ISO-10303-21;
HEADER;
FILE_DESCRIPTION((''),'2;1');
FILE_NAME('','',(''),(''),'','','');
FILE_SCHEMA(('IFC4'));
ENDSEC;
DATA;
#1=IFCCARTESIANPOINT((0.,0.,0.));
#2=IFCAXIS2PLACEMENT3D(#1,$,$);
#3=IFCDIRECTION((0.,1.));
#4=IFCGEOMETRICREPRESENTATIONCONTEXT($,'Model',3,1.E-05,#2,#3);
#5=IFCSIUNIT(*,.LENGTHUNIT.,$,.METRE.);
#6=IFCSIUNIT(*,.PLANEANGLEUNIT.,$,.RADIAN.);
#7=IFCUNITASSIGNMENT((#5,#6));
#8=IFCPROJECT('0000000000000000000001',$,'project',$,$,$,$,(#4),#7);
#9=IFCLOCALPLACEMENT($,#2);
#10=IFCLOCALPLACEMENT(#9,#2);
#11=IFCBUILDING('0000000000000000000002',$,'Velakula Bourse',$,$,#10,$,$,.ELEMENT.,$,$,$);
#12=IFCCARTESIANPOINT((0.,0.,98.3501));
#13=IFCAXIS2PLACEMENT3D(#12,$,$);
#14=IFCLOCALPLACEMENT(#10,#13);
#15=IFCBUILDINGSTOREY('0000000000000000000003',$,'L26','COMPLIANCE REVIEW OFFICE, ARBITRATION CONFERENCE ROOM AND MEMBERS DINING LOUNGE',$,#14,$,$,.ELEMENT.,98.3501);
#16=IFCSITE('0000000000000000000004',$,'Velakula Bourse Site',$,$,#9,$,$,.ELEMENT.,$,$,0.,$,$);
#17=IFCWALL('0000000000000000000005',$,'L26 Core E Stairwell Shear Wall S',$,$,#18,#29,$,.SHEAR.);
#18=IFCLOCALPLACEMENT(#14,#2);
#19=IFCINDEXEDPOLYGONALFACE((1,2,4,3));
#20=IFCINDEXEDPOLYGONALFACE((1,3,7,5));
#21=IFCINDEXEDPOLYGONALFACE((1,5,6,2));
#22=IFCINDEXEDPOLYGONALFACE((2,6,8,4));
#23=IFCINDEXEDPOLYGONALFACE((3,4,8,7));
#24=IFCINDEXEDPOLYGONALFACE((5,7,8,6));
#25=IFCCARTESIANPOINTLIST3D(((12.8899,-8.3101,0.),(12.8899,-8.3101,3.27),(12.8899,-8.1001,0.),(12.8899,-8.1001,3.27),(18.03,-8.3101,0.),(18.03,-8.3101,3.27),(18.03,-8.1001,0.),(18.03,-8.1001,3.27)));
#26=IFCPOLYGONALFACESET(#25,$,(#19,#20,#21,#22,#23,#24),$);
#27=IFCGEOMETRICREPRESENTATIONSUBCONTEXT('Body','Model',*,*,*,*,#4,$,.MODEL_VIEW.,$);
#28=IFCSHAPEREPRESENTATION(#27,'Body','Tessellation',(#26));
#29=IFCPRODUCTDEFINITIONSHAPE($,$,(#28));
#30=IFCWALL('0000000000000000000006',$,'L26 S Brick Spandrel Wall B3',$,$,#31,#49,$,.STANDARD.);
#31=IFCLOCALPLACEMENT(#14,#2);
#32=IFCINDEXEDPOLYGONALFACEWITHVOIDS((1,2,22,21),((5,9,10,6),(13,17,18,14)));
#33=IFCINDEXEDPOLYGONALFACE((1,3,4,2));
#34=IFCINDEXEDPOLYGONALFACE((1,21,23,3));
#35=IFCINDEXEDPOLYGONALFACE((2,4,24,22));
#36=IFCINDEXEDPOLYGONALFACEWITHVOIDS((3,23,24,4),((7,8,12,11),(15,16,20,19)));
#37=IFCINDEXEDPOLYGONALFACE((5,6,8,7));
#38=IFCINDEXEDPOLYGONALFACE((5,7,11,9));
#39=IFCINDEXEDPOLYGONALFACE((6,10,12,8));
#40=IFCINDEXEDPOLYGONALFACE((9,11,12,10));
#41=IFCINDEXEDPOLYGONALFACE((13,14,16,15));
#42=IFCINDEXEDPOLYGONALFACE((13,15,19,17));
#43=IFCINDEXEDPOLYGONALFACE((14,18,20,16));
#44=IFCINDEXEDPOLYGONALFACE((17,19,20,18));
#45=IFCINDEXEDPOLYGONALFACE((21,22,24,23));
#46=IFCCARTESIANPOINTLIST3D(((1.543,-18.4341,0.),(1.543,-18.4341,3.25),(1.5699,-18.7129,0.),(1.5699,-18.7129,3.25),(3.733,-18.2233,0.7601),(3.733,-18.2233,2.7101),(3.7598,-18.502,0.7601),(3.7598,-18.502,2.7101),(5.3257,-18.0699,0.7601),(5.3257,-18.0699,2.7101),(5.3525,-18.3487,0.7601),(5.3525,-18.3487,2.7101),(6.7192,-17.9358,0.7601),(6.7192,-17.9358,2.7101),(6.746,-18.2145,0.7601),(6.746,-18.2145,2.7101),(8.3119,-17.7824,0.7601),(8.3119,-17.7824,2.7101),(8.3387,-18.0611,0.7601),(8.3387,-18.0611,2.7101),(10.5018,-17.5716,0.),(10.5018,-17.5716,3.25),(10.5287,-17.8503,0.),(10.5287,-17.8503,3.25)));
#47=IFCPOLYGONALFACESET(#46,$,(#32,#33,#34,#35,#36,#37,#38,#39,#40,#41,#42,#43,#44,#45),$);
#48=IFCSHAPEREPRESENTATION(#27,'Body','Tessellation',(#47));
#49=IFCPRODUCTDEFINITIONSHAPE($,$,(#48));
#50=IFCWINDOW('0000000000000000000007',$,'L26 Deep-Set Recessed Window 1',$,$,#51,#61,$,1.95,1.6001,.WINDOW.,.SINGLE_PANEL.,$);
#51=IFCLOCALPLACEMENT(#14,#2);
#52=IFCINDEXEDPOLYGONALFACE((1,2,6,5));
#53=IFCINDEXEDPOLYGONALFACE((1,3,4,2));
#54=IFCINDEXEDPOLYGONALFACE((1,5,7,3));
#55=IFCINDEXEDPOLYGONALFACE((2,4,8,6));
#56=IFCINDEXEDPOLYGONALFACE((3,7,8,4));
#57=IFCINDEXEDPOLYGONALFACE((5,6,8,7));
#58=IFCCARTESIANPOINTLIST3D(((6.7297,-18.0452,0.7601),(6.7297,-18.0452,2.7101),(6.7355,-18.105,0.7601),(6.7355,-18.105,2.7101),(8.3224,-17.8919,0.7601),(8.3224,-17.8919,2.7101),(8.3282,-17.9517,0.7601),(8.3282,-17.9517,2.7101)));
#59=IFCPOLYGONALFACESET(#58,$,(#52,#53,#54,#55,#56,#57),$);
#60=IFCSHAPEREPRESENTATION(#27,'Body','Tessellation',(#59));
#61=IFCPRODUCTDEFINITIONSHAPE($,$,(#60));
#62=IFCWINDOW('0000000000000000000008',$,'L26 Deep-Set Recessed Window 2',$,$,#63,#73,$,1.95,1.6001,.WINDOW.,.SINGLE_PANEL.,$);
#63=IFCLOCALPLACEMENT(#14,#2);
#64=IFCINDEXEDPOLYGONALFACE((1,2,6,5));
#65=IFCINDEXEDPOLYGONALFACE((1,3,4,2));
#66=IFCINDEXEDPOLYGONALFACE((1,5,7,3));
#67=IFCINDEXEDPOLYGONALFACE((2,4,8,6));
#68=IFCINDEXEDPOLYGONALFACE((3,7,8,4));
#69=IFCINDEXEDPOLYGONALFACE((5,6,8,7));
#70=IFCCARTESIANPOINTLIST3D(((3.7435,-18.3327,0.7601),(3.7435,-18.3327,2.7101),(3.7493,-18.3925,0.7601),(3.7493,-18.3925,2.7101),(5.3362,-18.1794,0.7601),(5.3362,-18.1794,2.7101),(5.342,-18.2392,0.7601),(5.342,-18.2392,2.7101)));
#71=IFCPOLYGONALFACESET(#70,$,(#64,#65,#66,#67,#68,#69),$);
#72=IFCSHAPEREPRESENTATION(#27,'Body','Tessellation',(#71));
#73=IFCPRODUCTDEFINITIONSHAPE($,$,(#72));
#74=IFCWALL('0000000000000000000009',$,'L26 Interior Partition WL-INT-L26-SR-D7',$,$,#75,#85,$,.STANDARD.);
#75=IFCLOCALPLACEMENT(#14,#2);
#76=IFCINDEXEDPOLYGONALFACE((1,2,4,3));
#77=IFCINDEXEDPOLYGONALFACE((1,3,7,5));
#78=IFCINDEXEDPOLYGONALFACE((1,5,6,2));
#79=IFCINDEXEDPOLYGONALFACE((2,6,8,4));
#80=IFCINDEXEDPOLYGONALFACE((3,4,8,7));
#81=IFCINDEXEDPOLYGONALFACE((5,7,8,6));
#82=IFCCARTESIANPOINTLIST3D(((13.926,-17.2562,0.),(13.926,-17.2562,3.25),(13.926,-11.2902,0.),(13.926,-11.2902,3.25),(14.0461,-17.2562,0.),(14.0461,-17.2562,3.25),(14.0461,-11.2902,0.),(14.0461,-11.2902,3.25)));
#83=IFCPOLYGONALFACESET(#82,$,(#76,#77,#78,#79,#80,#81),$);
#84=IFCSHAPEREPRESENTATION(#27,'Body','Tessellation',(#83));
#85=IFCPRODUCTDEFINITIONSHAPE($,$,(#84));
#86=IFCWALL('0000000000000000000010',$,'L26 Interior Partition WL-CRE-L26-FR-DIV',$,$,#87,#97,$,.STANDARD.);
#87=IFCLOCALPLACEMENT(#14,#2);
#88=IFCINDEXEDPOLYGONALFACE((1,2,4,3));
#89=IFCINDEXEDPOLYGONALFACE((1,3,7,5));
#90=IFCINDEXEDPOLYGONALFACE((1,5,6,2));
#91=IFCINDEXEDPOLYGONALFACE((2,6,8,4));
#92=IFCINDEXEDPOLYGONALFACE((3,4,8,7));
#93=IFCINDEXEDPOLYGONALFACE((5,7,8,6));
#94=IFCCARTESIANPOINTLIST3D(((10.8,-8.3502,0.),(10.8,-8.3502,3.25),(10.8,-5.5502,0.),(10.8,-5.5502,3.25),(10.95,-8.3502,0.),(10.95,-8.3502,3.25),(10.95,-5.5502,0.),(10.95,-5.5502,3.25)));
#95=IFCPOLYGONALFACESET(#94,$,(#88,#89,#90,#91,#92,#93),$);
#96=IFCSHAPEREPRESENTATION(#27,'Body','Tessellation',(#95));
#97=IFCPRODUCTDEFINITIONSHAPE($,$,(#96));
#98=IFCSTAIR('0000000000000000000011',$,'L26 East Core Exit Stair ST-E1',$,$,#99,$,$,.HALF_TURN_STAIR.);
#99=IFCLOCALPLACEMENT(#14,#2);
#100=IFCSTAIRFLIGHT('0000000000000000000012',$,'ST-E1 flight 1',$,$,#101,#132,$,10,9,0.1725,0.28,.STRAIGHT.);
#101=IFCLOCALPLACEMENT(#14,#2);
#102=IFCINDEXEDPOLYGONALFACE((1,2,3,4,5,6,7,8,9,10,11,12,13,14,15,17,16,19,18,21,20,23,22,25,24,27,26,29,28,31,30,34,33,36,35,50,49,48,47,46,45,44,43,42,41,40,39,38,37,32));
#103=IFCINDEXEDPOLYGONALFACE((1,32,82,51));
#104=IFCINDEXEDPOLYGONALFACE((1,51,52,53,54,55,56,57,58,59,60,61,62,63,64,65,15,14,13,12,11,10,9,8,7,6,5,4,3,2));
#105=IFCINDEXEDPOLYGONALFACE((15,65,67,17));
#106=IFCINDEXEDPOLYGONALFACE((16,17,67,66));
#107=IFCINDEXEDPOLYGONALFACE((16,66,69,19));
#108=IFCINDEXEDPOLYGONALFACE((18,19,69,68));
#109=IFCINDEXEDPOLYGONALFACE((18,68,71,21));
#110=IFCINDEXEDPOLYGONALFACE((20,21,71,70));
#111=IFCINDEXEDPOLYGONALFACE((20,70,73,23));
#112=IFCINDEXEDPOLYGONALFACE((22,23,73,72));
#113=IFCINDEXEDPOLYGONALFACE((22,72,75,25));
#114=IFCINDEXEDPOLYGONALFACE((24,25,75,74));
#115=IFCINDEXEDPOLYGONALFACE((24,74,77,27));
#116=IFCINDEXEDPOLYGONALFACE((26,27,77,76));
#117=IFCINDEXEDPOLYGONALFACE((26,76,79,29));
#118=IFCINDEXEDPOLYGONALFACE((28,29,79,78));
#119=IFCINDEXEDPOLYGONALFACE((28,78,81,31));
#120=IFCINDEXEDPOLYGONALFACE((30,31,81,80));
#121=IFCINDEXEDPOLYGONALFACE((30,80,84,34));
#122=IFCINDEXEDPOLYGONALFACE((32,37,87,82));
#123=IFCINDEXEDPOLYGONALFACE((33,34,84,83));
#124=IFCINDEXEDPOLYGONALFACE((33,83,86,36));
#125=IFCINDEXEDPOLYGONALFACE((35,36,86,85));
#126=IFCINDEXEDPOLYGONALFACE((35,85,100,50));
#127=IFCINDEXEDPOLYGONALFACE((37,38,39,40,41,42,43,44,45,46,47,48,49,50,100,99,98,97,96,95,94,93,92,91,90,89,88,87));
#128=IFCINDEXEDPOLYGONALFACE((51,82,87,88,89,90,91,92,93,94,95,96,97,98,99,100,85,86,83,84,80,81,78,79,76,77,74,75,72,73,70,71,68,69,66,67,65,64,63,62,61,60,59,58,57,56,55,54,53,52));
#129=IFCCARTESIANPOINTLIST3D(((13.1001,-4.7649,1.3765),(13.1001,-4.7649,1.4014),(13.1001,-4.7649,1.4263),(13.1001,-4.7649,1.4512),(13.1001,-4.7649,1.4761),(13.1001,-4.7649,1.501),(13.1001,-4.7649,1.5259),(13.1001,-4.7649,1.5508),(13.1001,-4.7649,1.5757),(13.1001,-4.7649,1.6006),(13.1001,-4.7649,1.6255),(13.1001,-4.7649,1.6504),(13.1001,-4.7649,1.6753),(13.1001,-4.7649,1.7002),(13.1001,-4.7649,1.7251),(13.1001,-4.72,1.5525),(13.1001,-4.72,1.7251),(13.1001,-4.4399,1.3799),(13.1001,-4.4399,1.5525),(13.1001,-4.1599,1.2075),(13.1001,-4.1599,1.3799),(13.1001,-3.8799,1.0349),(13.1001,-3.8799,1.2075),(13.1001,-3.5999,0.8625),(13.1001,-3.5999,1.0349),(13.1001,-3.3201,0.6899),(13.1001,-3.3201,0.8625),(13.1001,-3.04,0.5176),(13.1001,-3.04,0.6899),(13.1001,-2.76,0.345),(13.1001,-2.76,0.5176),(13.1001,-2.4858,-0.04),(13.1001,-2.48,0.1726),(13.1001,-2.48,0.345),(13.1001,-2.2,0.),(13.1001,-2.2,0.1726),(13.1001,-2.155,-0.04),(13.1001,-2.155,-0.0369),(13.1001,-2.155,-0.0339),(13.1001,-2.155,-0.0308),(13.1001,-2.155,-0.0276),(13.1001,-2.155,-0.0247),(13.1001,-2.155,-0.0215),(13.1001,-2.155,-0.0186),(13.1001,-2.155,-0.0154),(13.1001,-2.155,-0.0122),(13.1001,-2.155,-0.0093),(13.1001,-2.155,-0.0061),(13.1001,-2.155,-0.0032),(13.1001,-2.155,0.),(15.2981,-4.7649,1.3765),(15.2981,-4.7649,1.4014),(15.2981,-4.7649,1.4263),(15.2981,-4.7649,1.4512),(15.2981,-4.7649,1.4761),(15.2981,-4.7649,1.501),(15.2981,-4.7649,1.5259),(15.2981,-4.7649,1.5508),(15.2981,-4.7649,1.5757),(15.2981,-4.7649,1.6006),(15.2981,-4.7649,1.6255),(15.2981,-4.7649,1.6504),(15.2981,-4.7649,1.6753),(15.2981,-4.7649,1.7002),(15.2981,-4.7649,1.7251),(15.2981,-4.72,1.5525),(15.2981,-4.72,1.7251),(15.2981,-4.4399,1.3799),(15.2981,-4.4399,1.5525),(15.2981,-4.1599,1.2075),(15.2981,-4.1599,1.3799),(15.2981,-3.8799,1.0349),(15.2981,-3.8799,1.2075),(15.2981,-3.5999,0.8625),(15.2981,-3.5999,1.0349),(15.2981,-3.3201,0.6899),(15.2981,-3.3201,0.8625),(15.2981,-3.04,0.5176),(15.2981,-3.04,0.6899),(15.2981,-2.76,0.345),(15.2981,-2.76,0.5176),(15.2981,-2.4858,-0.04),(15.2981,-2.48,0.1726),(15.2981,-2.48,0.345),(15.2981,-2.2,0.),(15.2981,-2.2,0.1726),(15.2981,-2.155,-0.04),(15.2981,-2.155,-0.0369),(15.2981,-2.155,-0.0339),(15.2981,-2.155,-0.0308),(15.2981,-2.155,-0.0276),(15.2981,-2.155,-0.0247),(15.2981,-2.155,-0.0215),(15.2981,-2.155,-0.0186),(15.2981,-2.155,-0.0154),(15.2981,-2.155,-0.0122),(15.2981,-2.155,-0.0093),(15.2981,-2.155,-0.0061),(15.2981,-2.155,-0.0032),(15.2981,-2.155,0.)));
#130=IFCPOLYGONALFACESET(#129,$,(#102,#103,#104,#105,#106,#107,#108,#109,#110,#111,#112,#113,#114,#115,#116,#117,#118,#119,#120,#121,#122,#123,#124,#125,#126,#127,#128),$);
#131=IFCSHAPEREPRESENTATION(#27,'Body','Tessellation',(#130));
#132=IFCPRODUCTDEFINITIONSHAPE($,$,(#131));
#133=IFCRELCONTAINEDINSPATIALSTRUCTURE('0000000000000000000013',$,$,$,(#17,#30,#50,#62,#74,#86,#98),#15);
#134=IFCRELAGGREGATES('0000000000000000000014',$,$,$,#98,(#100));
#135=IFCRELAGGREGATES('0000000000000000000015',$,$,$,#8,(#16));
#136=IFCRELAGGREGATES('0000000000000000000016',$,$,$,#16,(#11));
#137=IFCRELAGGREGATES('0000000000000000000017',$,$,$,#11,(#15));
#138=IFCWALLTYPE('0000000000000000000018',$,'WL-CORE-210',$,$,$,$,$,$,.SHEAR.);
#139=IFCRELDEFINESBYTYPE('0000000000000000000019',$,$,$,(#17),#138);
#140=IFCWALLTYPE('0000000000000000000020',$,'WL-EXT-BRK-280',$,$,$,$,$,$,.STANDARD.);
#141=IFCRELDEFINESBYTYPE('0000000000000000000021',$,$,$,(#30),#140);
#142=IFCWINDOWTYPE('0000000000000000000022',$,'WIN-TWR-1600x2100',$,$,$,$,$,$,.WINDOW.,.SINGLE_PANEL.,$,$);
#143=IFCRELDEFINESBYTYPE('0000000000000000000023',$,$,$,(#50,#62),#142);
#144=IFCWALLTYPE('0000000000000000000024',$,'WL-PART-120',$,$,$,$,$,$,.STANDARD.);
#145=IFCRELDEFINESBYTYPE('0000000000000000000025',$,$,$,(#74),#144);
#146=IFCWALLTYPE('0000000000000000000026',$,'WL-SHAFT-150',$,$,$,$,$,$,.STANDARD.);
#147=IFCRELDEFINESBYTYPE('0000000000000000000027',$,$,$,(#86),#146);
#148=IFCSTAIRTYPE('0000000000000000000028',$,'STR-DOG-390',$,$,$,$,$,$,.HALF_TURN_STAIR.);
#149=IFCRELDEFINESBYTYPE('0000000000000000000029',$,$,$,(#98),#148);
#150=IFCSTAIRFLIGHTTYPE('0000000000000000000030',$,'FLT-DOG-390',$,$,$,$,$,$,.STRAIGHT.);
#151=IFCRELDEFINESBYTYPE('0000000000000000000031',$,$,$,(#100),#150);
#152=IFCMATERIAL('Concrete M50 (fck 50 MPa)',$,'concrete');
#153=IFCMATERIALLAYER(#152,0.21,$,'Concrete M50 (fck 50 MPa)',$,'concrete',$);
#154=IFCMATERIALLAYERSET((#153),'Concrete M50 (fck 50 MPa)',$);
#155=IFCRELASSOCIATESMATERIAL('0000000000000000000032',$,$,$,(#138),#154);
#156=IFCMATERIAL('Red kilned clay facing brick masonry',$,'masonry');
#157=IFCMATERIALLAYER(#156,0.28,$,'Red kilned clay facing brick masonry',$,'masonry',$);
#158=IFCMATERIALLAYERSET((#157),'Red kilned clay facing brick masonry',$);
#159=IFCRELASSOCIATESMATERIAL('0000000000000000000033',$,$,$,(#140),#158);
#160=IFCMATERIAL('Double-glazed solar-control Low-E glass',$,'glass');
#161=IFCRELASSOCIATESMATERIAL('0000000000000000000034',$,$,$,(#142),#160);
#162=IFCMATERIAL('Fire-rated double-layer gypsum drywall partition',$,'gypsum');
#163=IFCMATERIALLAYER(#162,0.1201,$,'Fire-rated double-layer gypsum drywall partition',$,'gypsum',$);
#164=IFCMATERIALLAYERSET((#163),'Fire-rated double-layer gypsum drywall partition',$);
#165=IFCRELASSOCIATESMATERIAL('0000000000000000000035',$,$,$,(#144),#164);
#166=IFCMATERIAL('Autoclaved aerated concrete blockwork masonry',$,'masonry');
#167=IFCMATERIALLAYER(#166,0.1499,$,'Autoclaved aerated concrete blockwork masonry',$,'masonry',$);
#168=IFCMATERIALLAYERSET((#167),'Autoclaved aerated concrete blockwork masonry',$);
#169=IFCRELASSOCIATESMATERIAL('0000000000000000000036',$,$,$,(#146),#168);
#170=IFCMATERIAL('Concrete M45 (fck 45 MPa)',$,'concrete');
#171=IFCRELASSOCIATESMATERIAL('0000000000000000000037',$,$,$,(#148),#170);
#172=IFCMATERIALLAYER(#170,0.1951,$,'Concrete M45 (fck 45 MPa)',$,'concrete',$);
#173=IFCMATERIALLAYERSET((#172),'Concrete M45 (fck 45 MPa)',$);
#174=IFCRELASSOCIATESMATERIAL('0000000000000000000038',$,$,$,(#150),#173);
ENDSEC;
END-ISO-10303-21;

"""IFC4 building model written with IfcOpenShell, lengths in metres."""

from ifc_helpers import new_model, si_unit, direction, frame, frame_2d, origin, place, context, subcontext, project, spatial, polyline, rectangle, outline, extrude, material, layer, layer_set, type_object, element, fill, aggregate, save


model = new_model("IFC4")

# Units and contexts
model_context = context("Model", 3, precision=1e-05, world=origin(), true_north=direction((0.0, 1.0)))
body_context = subcontext(model_context, "Body", "Model", "MODEL_VIEW")
ifc_project = project(units=[si_unit("LENGTHUNIT", "METRE"), si_unit("PLANEANGLEUNIT", "RADIAN")], contexts=[model_context])

# Site, building, storey
site_placement = place(None, origin())
site = spatial("IfcSite", under=ifc_project, at=site_placement, Name="Velakula Bourse Site", CompositionType="ELEMENT", RefElevation=0.0)
building_placement = place(site_placement, origin())
building = spatial("IfcBuilding", under=site, at=building_placement, Name="Velakula Bourse", CompositionType="ELEMENT")
storey_placement = place(building_placement, frame((0.0, 0.0, 98.3501)))
storey = spatial("IfcBuildingStorey", under=building, at=storey_placement, Name="L26", Description="COMPLIANCE REVIEW OFFICE, ARBITRATION CONFERENCE ROOM AND MEMBERS DINING LOUNGE", CompositionType="ELEMENT", Elevation=98.3501)

# Shared definitions
ifc_material_1 = material(Name="Concrete M50 (fck 50 MPa)", Category="concrete")
ifc_layer_1 = layer(ifc_material_1, 0.21, Name="Concrete M50 (fck 50 MPa)", Category="concrete")
ifc_layer_set_1 = layer_set([ifc_layer_1], Name="Concrete M50 (fck 50 MPa)")
wall_type_1 = type_object("IfcWallType", Name="WL-CORE-210", PredefinedType="SHEAR", material=ifc_layer_set_1)

# Wall
wall_1_placement = place(storey_placement, frame((12.8899, -8.2051, 0.0), z_axis=(0.0, 0.0, 1.0), x_axis=(1.0, 0.0, 0.0)))
element("IfcWall", 1, at=wall_1_placement, inside=storey, type_object=wall_type_1, Name="L26 Core E Stairwell Shear Wall S", PredefinedType="SHEAR", context=body_context, shape_type="SweptSolid", body=[
    extrude(rectangle(XDim=5.1401, YDim=0.21, at=frame_2d((2.5701, 0.0))), origin(), (0.0, 0.0, 1.0), 3.27),
])

# Wall, openings, windows
ifc_material_2 = material(Name="Red kilned clay facing brick masonry", Category="masonry")
ifc_layer_2 = layer(ifc_material_2, 0.28, Name="Red kilned clay facing brick masonry", Category="masonry")
ifc_layer_set_2 = layer_set([ifc_layer_2], Name="Red kilned clay facing brick masonry")
wall_type_2 = type_object("IfcWallType", Name="WL-EXT-BRK-280", PredefinedType="STANDARD", material=ifc_layer_set_2)
wall_2_placement = place(storey_placement, frame((10.5151, -17.7109, 0.0), z_axis=(0.0, 0.0, 1.0), x_axis=(-0.995397, -0.095837, 0.0)))
wall_2 = element("IfcWall", 2, at=wall_2_placement, inside=storey, type_object=wall_type_2, Name="L26 S Brick Spandrel Wall B3", PredefinedType="STANDARD", context=body_context, shape_type="SweptSolid", body=[
    extrude(rectangle(XDim=9.0002, YDim=0.28, at=frame_2d((4.5, 0.0))), origin(), (0.0, 0.0, 1.0), 3.25),
])
opening_1_placement = place(wall_2_placement, frame((2.2, 0.0, 0.76)))
opening_1 = element("IfcOpeningElement", 3, at=opening_1_placement, cuts=wall_2, PredefinedType="OPENING", context=body_context, shape_type="SweptSolid", body=[
    extrude(rectangle(XDim=1.6001, YDim=1.95, at=frame_2d((0.8, 0.9751))), frame((0.0, 0.1499, 0.0), z_axis=(0.0, -1.0, 0.0), x_axis=(1.0, 0.0, 0.0)), (0.0, 0.0, 1.0), 0.3),
])
opening_2_placement = place(wall_2_placement, frame((5.2, 0.0, 0.76)))
opening_2 = element("IfcOpeningElement", 4, at=opening_2_placement, cuts=wall_2, PredefinedType="OPENING", context=body_context, shape_type="SweptSolid", body=[
    extrude(rectangle(XDim=1.6001, YDim=1.95, at=frame_2d((0.8, 0.9751))), frame((0.0, 0.1499, 0.0), z_axis=(0.0, -1.0, 0.0), x_axis=(1.0, 0.0, 0.0)), (0.0, 0.0, 1.0), 0.3),
])
ifc_material_3 = material(Name="Double-glazed solar-control Low-E glass", Category="glass")
window_type = type_object("IfcWindowType", Name="WIN-TWR-1600x2100", PartitioningType="SINGLE_PANEL", PredefinedType="WINDOW", material=ifc_material_3)
window_1_placement = place(opening_1_placement, origin())
window_1 = element("IfcWindow", 5, at=window_1_placement, inside=storey, type_object=window_type, Name="L26 Deep-Set Recessed Window 1", OverallHeight=1.95, OverallWidth=1.6001, PartitioningType="SINGLE_PANEL", PredefinedType="WINDOW", context=body_context, shape_type="SweptSolid", body=[
    extrude(rectangle(XDim=1.6001, YDim=1.95, at=frame_2d((0.8, 0.9751))), frame((0.0, 0.03, 0.0), z_axis=(0.0, -1.0, 0.0), x_axis=(1.0, 0.0, 0.0)), (0.0, 0.0, 1.0), 0.0601),
])
fill(opening_1, window_1)
window_2_placement = place(opening_2_placement, origin())
window_2 = element("IfcWindow", 6, at=window_2_placement, inside=storey, type_object=window_type, Name="L26 Deep-Set Recessed Window 2", OverallHeight=1.95, OverallWidth=1.6001, PartitioningType="SINGLE_PANEL", PredefinedType="WINDOW", context=body_context, shape_type="SweptSolid", body=[
    extrude(rectangle(XDim=1.6001, YDim=1.95, at=frame_2d((0.8, 0.9751))), frame((0.0, 0.03, 0.0), z_axis=(0.0, -1.0, 0.0), x_axis=(1.0, 0.0, 0.0)), (0.0, 0.0, 1.0), 0.0601),
])
fill(opening_2, window_2)

# Walls
ifc_material_4 = material(Name="Fire-rated double-layer gypsum drywall partition", Category="gypsum")
ifc_layer_3 = layer(ifc_material_4, 0.1201, Name="Fire-rated double-layer gypsum drywall partition", Category="gypsum")
ifc_layer_set_3 = layer_set([ifc_layer_3], Name="Fire-rated double-layer gypsum drywall partition")
wall_type_3 = type_object("IfcWallType", Name="WL-PART-120", PredefinedType="STANDARD", material=ifc_layer_set_3)
wall_3_placement = place(storey_placement, frame((13.9861, -17.2561, 0.0), z_axis=(0.0, 0.0, 1.0), x_axis=(0.0, 1.0, 0.0)))
element("IfcWall", 7, at=wall_3_placement, inside=storey, type_object=wall_type_3, Name="L26 Interior Partition WL-INT-L26-SR-D7", PredefinedType="STANDARD", context=body_context, shape_type="SweptSolid", body=[
    extrude(rectangle(XDim=5.9661, YDim=0.1201, at=frame_2d((2.9829, 0.0))), origin(), (0.0, 0.0, 1.0), 3.25),
])
ifc_material_5 = material(Name="Autoclaved aerated concrete blockwork masonry", Category="masonry")
ifc_layer_4 = layer(ifc_material_5, 0.1499, Name="Autoclaved aerated concrete blockwork masonry", Category="masonry")
ifc_layer_set_4 = layer_set([ifc_layer_4], Name="Autoclaved aerated concrete blockwork masonry")
wall_type_4 = type_object("IfcWallType", Name="WL-SHAFT-150", PredefinedType="STANDARD", material=ifc_layer_set_4)
wall_4_placement = place(storey_placement, frame((10.875, -8.3501, 0.0), z_axis=(0.0, 0.0, 1.0), x_axis=(0.0, 1.0, 0.0)))
element("IfcWall", 8, at=wall_4_placement, inside=storey, type_object=wall_type_4, Name="L26 Interior Partition WL-CRE-L26-FR-DIV", PredefinedType="STANDARD", context=body_context, shape_type="SweptSolid", body=[
    extrude(rectangle(XDim=2.8, YDim=0.1499, at=frame_2d((1.3999, 0.0))), origin(), (0.0, 0.0, 1.0), 3.25),
])

# Stair, stair flight
ifc_material_6 = material(Name="Concrete M45 (fck 45 MPa)", Category="concrete")
stair_type = type_object("IfcStairType", Name="STR-DOG-390", PredefinedType="HALF_TURN_STAIR", material=ifc_material_6)
stair_placement = place(storey_placement, origin())
stair = element("IfcStair", 9, at=stair_placement, inside=storey, type_object=stair_type, Name="L26 East Core Exit Stair ST-E1", PredefinedType="HALF_TURN_STAIR")
ifc_layer_5 = layer(ifc_material_6, 0.1951, Name="Concrete M45 (fck 45 MPa)", Category="concrete")
ifc_layer_set_5 = layer_set([ifc_layer_5], Name="Concrete M45 (fck 45 MPa)")
stair_flight_type = type_object("IfcStairFlightType", Name="FLT-DOG-390", PredefinedType="STRAIGHT", material=ifc_layer_set_5)
stair_flight_1_placement = place(storey_placement, frame((14.199, -2.2, 0.0), z_axis=(0.0, 0.0, 1.0), x_axis=(0.0, -1.0, 0.0)))
stair_flight_1 = element("IfcStairFlight", 10, at=stair_flight_1_placement, type_object=stair_flight_type, Name="ST-E1 flight 1", NumberOfRisers=10, NumberOfTreads=9, PredefinedType="STRAIGHT", RiserHeight=0.1725, TreadLength=0.28, context=body_context, shape_type="SweptSolid", body=[
    extrude(outline(polyline([(-0.0449, -0.04), (-0.0449, -0.0369), (-0.0449, -0.0339), (-0.0449, -0.0308), (-0.0449, -0.0276), (-0.0449, -0.0247), (-0.0449, -0.0215), (-0.0449, -0.0186), (-0.0449, -0.0154), (-0.0449, -0.0122), (-0.0449, -0.0093), (-0.0449, -0.0061), (-0.0449, -0.0032), (-0.0449, 0.0), (0.0, 0.0), (0.0, 0.1726), (0.28, 0.1726), (0.28, 0.345), (0.5601, 0.345), (0.5601, 0.5176), (0.8401, 0.5176), (0.8401, 0.6899), (1.1201, 0.6899), (1.1201, 0.8625), (1.3999, 0.8625), (1.3999, 1.0349), (1.6799, 1.0349), (1.6799, 1.2075), (1.96, 1.2075), (1.96, 1.3799), (2.24, 1.3799), (2.24, 1.5525), (2.52, 1.5525), (2.52, 1.7251), (2.5649, 1.7251), (2.5649, 1.7002), (2.5649, 1.6753), (2.5649, 1.6504), (2.5649, 1.6255), (2.5649, 1.6006), (2.5649, 1.5757), (2.5649, 1.5508), (2.5649, 1.5259), (2.5649, 1.501), (2.5649, 1.4761), (2.5649, 1.4512), (2.5649, 1.4263), (2.5649, 1.4014), (2.5649, 1.3765), (0.2859, -0.04), (-0.0449, -0.04)])), frame((0.0, 1.0991, 0.0), z_axis=(0.0, -1.0, 0.0), x_axis=(1.0, 0.0, 0.0)), (0.0, 0.0, 1.0), 2.198),
])
aggregate(stair, [stair_flight_1])

save(model, "model.ifc")
